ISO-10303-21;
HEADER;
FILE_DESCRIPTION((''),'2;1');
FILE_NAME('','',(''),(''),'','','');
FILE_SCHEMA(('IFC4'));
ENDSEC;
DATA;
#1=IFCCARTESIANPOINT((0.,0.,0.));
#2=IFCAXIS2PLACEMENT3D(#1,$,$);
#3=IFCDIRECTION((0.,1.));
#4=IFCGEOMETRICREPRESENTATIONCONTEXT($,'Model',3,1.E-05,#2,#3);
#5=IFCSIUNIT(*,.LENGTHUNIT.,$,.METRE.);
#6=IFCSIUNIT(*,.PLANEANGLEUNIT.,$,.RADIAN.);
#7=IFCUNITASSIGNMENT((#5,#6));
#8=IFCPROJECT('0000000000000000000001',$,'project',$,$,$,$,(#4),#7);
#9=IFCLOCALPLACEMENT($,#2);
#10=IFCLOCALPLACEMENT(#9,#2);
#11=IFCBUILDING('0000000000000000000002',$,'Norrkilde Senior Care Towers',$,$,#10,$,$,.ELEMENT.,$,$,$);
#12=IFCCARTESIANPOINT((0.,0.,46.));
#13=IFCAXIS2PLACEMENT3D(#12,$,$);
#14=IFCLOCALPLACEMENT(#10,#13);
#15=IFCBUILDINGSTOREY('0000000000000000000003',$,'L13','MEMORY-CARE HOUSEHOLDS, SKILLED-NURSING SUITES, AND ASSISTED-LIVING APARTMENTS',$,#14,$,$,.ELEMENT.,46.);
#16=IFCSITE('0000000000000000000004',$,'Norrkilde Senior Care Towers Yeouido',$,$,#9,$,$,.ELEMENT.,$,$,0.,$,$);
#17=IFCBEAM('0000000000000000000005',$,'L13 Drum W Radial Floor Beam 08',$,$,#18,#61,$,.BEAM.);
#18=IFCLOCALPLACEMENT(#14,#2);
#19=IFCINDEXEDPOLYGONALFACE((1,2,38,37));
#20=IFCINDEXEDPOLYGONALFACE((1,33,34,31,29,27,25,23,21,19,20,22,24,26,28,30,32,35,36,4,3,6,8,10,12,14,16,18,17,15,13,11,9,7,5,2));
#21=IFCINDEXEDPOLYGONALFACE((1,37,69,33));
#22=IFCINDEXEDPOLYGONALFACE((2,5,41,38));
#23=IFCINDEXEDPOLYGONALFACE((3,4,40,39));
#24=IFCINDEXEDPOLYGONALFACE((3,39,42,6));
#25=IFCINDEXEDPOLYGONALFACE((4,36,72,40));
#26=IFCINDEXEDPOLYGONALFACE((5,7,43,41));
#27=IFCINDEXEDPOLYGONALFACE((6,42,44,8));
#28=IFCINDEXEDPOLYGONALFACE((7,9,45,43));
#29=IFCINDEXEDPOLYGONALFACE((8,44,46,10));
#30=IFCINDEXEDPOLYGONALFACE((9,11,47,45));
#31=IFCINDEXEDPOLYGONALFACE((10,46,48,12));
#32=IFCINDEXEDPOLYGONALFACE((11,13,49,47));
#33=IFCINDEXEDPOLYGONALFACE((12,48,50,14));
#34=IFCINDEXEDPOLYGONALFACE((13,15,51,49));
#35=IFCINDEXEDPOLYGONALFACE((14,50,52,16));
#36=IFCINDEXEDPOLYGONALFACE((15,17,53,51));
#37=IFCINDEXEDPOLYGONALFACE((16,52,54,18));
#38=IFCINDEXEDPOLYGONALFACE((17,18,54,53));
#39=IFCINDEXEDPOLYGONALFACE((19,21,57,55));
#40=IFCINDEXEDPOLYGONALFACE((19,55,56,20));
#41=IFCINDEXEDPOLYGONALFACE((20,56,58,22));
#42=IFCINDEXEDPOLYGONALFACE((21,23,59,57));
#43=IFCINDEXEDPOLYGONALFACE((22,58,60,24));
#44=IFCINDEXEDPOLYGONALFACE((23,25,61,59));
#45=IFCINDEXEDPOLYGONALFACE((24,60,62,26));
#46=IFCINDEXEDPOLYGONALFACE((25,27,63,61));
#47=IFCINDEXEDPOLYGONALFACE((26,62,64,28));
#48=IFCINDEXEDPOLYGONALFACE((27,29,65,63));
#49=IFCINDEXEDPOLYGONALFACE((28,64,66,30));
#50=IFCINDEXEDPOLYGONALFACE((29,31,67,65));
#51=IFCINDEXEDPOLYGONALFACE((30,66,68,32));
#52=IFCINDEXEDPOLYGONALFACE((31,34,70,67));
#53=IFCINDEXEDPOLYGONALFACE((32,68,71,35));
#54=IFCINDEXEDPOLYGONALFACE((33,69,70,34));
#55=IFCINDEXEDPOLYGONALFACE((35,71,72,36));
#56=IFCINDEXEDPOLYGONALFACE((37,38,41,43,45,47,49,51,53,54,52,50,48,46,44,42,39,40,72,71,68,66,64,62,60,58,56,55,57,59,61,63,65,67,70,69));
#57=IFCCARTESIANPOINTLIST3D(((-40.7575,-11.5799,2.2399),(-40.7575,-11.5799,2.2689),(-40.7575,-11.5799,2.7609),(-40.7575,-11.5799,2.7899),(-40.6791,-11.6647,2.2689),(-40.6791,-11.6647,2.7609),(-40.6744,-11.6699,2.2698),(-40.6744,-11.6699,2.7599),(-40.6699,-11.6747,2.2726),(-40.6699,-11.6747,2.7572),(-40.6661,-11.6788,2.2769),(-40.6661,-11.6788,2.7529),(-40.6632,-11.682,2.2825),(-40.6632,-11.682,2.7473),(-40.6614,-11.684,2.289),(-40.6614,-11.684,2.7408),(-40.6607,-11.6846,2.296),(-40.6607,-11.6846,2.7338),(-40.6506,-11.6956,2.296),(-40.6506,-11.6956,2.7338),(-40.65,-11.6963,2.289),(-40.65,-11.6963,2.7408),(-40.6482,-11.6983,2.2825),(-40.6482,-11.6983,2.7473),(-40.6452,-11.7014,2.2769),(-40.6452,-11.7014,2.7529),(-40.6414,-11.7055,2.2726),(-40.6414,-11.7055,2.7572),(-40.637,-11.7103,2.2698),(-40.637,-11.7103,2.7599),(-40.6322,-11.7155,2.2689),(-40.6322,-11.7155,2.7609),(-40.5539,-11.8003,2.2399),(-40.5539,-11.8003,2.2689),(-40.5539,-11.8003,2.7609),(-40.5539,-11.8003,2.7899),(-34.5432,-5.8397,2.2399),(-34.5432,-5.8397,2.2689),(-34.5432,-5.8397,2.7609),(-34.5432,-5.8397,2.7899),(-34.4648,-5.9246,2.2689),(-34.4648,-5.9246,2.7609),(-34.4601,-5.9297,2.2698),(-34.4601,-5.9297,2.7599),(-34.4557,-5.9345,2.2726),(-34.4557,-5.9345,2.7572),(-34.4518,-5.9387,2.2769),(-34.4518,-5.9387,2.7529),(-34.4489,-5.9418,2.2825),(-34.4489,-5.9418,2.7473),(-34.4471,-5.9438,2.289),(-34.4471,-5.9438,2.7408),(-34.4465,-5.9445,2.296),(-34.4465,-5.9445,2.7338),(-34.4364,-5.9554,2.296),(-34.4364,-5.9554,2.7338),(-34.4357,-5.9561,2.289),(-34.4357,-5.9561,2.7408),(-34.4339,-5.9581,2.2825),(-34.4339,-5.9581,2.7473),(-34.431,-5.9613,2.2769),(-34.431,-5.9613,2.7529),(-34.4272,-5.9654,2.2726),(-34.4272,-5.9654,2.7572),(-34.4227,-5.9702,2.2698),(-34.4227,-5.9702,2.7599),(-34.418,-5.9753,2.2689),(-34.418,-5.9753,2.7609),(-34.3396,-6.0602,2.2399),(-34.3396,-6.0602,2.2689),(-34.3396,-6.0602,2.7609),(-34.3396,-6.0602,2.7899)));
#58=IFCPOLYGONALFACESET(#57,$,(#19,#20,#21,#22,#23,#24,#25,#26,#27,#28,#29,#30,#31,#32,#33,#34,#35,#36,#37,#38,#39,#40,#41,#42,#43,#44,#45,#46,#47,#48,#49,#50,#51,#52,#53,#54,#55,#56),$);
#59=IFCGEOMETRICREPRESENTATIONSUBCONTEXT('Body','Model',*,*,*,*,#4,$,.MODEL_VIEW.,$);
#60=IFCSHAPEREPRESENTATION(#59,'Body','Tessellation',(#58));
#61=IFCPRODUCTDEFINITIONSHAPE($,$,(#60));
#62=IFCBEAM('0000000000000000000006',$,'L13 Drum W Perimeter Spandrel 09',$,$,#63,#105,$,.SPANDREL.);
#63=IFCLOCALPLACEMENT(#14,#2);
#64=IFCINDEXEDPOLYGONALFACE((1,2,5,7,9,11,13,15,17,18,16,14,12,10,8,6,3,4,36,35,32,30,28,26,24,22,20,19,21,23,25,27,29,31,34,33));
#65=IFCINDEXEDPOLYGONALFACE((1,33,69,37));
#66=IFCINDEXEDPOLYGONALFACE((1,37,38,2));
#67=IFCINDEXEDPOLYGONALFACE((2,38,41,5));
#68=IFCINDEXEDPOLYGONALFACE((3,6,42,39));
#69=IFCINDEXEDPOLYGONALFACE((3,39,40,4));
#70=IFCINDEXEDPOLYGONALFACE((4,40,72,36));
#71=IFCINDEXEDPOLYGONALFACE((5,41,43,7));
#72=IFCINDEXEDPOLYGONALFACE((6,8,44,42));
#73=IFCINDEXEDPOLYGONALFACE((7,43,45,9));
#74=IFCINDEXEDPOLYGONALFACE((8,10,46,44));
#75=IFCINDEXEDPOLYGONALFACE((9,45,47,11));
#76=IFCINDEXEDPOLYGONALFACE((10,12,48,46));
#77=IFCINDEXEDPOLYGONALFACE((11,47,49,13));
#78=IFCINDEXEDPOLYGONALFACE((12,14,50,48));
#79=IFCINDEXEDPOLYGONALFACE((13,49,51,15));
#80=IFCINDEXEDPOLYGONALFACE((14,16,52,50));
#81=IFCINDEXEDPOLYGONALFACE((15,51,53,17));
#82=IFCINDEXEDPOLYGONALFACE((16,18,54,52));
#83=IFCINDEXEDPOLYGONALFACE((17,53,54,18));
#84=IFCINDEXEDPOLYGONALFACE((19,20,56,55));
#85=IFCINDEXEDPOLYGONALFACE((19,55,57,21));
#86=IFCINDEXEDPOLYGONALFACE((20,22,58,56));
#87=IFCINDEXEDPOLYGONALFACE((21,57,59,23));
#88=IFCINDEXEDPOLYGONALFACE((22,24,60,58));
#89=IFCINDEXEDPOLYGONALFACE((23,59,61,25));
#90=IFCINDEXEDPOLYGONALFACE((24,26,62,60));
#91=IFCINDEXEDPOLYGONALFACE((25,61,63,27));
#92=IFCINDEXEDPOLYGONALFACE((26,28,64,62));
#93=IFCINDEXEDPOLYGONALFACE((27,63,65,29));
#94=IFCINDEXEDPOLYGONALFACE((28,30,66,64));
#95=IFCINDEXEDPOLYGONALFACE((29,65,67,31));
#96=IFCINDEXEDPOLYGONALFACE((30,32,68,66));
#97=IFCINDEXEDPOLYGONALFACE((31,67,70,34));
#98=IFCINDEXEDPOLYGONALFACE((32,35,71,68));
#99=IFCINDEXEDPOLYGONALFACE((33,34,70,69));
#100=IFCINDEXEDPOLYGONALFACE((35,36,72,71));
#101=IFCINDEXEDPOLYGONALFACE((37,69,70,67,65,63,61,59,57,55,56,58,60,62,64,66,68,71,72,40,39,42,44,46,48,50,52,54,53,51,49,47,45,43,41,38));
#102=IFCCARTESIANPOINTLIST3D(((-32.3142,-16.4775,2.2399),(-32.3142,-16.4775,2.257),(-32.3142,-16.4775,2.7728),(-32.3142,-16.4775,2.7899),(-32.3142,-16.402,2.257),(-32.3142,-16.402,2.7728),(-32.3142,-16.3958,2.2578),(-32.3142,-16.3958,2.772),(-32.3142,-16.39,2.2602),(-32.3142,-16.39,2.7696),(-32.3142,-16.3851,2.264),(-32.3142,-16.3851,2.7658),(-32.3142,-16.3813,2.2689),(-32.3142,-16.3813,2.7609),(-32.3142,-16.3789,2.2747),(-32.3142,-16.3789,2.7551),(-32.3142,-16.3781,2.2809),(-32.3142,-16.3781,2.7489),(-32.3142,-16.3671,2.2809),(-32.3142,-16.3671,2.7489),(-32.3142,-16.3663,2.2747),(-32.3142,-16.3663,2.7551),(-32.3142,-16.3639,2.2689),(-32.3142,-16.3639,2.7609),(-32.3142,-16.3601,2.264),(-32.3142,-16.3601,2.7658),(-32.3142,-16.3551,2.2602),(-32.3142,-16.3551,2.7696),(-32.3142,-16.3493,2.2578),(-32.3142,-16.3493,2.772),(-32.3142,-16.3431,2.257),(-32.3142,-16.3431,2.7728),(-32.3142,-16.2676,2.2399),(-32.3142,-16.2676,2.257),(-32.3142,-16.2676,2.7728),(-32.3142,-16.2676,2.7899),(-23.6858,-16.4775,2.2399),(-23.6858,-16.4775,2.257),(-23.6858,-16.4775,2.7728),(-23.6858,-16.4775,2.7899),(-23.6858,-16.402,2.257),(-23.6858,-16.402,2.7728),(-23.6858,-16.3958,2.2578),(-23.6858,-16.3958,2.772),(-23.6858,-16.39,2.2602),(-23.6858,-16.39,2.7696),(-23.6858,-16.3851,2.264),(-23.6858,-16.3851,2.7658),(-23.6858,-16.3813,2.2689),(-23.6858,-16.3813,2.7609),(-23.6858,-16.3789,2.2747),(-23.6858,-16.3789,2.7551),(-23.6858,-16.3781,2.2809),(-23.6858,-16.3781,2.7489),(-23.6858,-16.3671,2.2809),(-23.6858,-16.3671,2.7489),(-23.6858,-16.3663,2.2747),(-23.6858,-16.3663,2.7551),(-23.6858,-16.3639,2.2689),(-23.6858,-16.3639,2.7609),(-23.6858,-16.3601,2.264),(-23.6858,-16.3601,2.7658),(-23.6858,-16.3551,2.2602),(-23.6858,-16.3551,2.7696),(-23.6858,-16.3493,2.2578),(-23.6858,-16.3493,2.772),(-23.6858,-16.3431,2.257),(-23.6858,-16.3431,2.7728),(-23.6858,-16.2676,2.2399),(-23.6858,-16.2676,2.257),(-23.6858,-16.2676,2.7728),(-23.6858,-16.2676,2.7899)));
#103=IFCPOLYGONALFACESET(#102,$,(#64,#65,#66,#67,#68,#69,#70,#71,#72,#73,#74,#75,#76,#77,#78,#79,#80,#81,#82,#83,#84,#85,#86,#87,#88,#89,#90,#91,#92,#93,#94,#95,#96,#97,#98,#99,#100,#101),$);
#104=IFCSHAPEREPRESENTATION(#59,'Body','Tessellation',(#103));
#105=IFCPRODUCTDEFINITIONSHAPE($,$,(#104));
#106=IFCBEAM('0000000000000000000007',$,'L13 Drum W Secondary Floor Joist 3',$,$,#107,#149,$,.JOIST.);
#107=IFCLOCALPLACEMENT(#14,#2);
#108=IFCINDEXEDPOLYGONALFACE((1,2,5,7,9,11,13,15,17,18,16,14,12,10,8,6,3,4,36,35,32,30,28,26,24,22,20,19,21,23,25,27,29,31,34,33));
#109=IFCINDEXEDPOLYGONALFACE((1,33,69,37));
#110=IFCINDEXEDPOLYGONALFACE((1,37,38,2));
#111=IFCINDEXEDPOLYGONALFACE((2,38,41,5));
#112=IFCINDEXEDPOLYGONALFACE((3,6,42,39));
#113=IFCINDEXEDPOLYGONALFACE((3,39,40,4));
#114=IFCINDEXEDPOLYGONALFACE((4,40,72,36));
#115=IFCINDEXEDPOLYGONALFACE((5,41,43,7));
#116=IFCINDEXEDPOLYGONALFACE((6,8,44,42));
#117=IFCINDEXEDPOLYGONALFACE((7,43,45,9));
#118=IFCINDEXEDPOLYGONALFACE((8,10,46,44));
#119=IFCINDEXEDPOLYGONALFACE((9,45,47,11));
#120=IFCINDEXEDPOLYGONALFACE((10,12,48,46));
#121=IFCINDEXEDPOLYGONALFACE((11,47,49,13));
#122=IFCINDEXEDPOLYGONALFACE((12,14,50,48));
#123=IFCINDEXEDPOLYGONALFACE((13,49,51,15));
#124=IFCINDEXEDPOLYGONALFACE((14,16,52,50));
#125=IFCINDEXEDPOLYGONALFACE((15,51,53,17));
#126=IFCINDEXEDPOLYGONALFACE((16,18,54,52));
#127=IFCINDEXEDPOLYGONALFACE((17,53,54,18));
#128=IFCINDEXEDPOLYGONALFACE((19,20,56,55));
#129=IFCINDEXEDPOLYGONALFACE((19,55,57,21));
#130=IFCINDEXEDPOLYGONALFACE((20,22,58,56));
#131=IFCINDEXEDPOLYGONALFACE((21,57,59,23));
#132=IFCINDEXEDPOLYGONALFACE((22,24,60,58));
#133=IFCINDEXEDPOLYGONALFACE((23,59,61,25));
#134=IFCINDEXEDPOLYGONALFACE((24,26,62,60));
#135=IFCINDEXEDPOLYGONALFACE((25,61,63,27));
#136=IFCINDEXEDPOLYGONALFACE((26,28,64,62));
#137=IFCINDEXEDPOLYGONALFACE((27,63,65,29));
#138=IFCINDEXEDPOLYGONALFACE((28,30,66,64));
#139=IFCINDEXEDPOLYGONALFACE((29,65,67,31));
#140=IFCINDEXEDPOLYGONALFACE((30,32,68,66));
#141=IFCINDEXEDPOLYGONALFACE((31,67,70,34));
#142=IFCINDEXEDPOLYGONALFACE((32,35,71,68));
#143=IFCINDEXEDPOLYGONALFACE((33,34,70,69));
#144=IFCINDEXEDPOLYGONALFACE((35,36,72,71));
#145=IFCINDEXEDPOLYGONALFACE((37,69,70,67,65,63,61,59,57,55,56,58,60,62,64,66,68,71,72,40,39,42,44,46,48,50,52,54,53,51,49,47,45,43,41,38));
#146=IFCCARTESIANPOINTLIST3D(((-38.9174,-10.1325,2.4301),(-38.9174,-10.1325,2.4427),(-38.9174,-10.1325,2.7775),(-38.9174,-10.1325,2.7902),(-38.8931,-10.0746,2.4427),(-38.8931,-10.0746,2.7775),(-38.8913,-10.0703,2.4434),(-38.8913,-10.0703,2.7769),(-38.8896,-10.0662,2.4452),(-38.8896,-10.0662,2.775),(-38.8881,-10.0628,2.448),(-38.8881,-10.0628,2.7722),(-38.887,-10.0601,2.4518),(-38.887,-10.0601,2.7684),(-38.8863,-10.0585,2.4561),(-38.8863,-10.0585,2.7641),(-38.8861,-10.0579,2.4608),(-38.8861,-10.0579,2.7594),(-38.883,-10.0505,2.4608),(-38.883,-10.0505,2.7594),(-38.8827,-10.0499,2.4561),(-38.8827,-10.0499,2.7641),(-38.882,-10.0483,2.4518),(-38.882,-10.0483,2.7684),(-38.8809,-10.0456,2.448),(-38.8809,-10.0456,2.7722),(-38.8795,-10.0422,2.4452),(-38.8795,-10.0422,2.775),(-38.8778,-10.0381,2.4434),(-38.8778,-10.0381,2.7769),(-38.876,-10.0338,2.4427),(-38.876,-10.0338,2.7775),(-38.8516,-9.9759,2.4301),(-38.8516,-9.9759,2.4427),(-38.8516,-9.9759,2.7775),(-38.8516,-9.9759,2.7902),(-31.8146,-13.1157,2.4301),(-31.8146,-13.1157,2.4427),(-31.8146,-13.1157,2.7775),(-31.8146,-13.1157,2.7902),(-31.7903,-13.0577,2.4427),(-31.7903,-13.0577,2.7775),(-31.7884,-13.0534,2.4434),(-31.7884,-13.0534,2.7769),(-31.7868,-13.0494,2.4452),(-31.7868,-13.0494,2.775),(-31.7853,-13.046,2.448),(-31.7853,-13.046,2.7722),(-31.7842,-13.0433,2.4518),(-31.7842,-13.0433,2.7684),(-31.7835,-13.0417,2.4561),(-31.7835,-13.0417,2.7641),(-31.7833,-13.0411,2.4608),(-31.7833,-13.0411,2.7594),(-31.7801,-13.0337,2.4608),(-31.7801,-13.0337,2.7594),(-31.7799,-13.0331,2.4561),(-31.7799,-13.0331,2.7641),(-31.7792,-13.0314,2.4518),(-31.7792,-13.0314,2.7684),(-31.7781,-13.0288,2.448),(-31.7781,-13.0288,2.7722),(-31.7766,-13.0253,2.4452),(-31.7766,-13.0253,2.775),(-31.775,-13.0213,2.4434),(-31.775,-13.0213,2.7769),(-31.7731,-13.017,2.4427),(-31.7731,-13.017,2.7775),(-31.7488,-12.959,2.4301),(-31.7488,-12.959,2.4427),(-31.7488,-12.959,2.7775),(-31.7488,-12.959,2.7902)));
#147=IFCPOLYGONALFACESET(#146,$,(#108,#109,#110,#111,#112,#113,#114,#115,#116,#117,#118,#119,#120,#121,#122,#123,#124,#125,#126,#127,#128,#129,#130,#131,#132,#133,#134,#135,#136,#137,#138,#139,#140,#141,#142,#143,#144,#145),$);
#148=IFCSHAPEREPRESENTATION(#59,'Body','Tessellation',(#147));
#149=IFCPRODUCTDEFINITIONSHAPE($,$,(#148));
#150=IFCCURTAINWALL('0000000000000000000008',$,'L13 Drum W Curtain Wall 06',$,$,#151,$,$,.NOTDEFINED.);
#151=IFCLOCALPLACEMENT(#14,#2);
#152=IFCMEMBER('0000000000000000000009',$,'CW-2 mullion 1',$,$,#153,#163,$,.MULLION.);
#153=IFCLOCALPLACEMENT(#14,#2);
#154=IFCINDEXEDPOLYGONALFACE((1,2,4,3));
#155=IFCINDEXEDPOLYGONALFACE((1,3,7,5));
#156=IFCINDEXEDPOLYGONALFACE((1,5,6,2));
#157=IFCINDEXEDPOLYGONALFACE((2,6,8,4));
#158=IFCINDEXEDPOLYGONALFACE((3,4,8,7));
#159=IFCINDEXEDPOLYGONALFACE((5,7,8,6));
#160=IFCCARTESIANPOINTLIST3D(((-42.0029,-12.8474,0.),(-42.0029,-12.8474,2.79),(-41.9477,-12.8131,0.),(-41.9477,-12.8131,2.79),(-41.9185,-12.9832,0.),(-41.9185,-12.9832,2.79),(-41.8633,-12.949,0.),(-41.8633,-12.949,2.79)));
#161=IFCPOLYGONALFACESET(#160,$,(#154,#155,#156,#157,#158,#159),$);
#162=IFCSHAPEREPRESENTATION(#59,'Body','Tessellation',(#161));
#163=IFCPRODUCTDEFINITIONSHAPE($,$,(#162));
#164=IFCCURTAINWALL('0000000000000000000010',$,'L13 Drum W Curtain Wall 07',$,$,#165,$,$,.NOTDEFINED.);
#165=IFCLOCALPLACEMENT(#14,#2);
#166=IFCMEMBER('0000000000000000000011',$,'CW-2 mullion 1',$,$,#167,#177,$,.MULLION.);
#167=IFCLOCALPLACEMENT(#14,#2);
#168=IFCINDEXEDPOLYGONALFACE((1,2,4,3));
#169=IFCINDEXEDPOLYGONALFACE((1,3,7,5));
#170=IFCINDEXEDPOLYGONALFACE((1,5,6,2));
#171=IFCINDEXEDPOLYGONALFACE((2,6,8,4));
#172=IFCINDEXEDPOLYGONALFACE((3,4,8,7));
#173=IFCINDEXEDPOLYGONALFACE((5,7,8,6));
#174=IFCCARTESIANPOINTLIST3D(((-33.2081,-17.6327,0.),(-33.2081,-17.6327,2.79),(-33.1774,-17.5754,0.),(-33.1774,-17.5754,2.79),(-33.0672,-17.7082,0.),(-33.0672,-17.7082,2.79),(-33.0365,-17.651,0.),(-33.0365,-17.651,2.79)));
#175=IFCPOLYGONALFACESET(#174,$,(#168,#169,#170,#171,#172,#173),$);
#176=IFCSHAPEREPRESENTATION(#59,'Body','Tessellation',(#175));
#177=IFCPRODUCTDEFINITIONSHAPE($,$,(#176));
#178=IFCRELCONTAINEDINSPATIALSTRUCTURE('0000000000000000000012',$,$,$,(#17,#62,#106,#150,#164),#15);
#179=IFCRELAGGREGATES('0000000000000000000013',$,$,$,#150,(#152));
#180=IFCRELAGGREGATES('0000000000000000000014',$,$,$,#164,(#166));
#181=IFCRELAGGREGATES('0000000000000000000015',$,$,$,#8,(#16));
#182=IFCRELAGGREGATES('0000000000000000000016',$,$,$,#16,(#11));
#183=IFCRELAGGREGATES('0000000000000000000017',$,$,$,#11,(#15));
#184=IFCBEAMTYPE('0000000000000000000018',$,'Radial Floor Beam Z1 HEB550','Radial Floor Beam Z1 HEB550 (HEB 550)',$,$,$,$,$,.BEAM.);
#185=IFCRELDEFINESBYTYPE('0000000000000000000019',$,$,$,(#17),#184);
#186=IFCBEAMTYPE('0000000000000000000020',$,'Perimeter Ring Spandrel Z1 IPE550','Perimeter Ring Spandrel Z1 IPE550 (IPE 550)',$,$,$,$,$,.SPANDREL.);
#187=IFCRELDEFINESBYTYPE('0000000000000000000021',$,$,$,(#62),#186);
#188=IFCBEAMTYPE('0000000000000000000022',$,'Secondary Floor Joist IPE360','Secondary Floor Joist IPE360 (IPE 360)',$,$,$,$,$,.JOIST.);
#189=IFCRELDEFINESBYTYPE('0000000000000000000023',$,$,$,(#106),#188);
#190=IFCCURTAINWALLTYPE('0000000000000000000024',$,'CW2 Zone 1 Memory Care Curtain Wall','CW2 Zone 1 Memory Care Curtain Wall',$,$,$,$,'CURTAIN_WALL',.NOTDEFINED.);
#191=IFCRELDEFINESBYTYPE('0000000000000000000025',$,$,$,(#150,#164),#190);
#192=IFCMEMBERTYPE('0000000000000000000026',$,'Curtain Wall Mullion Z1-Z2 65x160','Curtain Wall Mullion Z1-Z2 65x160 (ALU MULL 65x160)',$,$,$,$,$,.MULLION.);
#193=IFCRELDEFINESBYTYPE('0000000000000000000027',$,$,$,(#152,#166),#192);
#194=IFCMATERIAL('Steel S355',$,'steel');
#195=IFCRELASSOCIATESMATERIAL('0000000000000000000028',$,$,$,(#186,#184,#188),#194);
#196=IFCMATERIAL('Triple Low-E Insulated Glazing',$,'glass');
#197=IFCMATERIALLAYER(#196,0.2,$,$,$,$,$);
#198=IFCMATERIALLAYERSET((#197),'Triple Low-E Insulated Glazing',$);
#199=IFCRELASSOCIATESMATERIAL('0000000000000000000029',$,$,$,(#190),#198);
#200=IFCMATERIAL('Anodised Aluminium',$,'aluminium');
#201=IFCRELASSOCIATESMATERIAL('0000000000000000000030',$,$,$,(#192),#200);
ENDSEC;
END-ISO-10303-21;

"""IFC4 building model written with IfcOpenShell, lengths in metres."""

from ifc_helpers import new_model, si_unit, direction, frame, origin, origin_2d, place, context, subcontext, project, spatial, rectangle, i_section, extrude, source, transform, mapped, material, layer, layer_set, material_profile, profile_set, type_object, type_shapes, element, aggregate, save


model = new_model("IFC4")

# Units and contexts
model_context = context("Model", 3, precision=1e-05, world=origin(), true_north=direction((0.0, 1.0)))
body_context = subcontext(model_context, "Body", "Model", "MODEL_VIEW")
ifc_project = project(units=[si_unit("LENGTHUNIT", "METRE"), si_unit("PLANEANGLEUNIT", "RADIAN")], contexts=[model_context])

# Site, building, storey
site_placement = place(None, origin())
site = spatial("IfcSite", under=ifc_project, at=site_placement, Name="Norrkilde Senior Care Towers Yeouido", CompositionType="ELEMENT", RefElevation=0.0)
building_placement = place(site_placement, origin())
building = spatial("IfcBuilding", under=site, at=building_placement, Name="Norrkilde Senior Care Towers", CompositionType="ELEMENT")
storey_placement = place(building_placement, frame((0.0, 0.0, 46.0)))
storey = spatial("IfcBuildingStorey", under=building, at=storey_placement, Name="L13", Description="MEMORY-CARE HOUSEHOLDS, SKILLED-NURSING SUITES, AND ASSISTED-LIVING APARTMENTS", CompositionType="ELEMENT", Elevation=46.0)

# Beams
ifc_material_1 = material(Name="Steel S355", Category="steel")
ifc_material_profile_1 = material_profile(ifc_material_1, i_section(OverallWidth=0.21, OverallDepth=0.55, WebThickness=0.011, FlangeThickness=0.0171, FilletRadius=0.0239, at=origin_2d()), Name="IPE 550")
ifc_profile_set_1 = profile_set([ifc_material_profile_1], Name="Steel S355")
beam_type_1 = type_object("IfcBeamType", Name="Perimeter Ring Spandrel Z1 IPE550", Description="Perimeter Ring Spandrel Z1 IPE550 (IPE 550)", PredefinedType="SPANDREL", material=ifc_profile_set_1)
ifc_material_profile_2 = material_profile(ifc_material_1, i_section(OverallWidth=0.3, OverallDepth=0.55, WebThickness=0.0149, FlangeThickness=0.0291, FilletRadius=0.0271, at=origin_2d()), Name="HEB 550")
ifc_profile_set_2 = profile_set([ifc_material_profile_2], Name="Steel S355")
beam_type_2 = type_object("IfcBeamType", Name="Radial Floor Beam Z1 HEB550", Description="Radial Floor Beam Z1 HEB550 (HEB 550)", PredefinedType="BEAM", material=ifc_profile_set_2)
shared_shape_1 = source(origin(), body_context, "Body", "SweptSolid", [
    extrude(i_section(OverallWidth=0.3, OverallDepth=0.55, WebThickness=0.0149, FlangeThickness=0.0291, FilletRadius=0.0271, at=origin_2d()), origin(), (0.0, 0.0, 1.0), 8.4597),
])
type_shapes(beam_type_2, [shared_shape_1])
beam_1_placement = place(storey_placement, frame((-34.4414, -5.95, 2.5149), z_axis=(-0.734573, -0.678529, 0.0), x_axis=(0.678529, -0.734573, 0.0)))
element("IfcBeam", 1, at=beam_1_placement, inside=storey, type_object=beam_type_2, Name="L13 Drum W Radial Floor Beam 08", PredefinedType="BEAM", context=body_context, shape_type="MappedRepresentation", body=[
    mapped(shared_shape_1, transform((0.0, 0.0, 0.0), x_axis=(1.0, 0.0, 0.0), y_axis=(0.0, 1.0, 0.0), z_axis=(0.0, 0.0, 1.0), scale=1.0)),
])
shared_shape_2 = source(origin(), body_context, "Body", "SweptSolid", [
    extrude(i_section(OverallWidth=0.21, OverallDepth=0.55, WebThickness=0.011, FlangeThickness=0.0171, FilletRadius=0.0239, at=origin_2d()), origin(), (0.0, 0.0, 1.0), 8.6284),
])
beam_2_placement = place(storey_placement, frame((-32.3142, -16.3726, 2.5149), z_axis=(1.0, 0.0, 0.0), x_axis=(0.0, 1.0, 0.0)))
element("IfcBeam", 2, at=beam_2_placement, inside=storey, type_object=beam_type_1, Name="L13 Drum W Perimeter Spandrel 09", PredefinedType="SPANDREL", context=body_context, shape_type="MappedRepresentation", body=[
    mapped(shared_shape_2, transform((0.0, 0.0, 0.0), x_axis=(1.0, 0.0, 0.0), y_axis=(0.0, 1.0, 0.0), z_axis=(0.0, 0.0, 1.0), scale=1.0)),
])
ifc_material_profile_3 = material_profile(ifc_material_1, i_section(OverallWidth=0.1699, OverallDepth=0.3601, WebThickness=0.0081, FlangeThickness=0.0127, FilletRadius=0.0181, at=origin_2d()), Name="IPE 360")
ifc_profile_set_3 = profile_set([ifc_material_profile_3], Name="Steel S355")
beam_type_3 = type_object("IfcBeamType", Name="Secondary Floor Joist IPE360", Description="Secondary Floor Joist IPE360 (IPE 360)", PredefinedType="JOIST", material=ifc_profile_set_3)
shared_shape_3 = source(origin(), body_context, "Body", "SweptSolid", [
    extrude(i_section(OverallWidth=0.1699, OverallDepth=0.3601, WebThickness=0.0081, FlangeThickness=0.0127, FilletRadius=0.0181, at=origin_2d()), origin(), (0.0, 0.0, 1.0), 7.7039),
])
type_shapes(beam_type_3, [shared_shape_3])
beam_3_placement = place(storey_placement, frame((-38.8845, -10.0542, 2.6101), z_axis=(0.921983, -0.387231, 0.0), x_axis=(0.387231, 0.921983, 0.0)))
element("IfcBeam", 3, at=beam_3_placement, inside=storey, type_object=beam_type_3, Name="L13 Drum W Secondary Floor Joist 3", PredefinedType="JOIST", context=body_context, shape_type="MappedRepresentation", body=[
    mapped(shared_shape_3, transform((0.0, 0.0, 0.0), x_axis=(1.0, 0.0, 0.0), y_axis=(0.0, 1.0, 0.0), z_axis=(0.0, 0.0, 1.0), scale=1.0)),
])

# Curtain wall, member
ifc_material_2 = material(Name="Triple Low-E Insulated Glazing", Category="glass")
ifc_layer_1 = layer(ifc_material_2, 0.2)
ifc_layer_set_1 = layer_set([ifc_layer_1], Name="Triple Low-E Insulated Glazing")
curtain_wall_type = type_object("IfcCurtainWallType", Name="CW2 Zone 1 Memory Care Curtain Wall", Description="CW2 Zone 1 Memory Care Curtain Wall", ElementType="CURTAIN_WALL", PredefinedType="NOTDEFINED", material=ifc_layer_set_1)
curtain_wall_1_placement = place(storey_placement, origin())
curtain_wall_1 = element("IfcCurtainWall", 4, at=curtain_wall_1_placement, inside=storey, type_object=curtain_wall_type, Name="L13 Drum W Curtain Wall 06", PredefinedType="NOTDEFINED")
ifc_material_3 = material(Name="Anodised Aluminium", Category="aluminium")
ifc_material_profile_4 = material_profile(ifc_material_3, rectangle(XDim=0.0649, YDim=0.1599, at=origin_2d()), Name="ALU MULL 65x160")
ifc_profile_set_4 = profile_set([ifc_material_profile_4], Name="Anodised Aluminium")
member_type_1 = type_object("IfcMemberType", Name="Curtain Wall Mullion Z1-Z2 65x160", Description="Curtain Wall Mullion Z1-Z2 65x160 (ALU MULL 65x160)", PredefinedType="MULLION", material=ifc_profile_set_4)
shared_shape_4 = source(origin(), body_context, "Body", "SweptSolid", [
    extrude(rectangle(XDim=0.0649, YDim=0.1599, at=origin_2d()), origin(), (0.0, 0.0, 1.0), 2.79),
])
type_shapes(member_type_1, [shared_shape_4])
member_1_placement = place(storey_placement, frame((-41.9331, -12.8982, 0.0), z_axis=(0.0, 0.0, 1.0), x_axis=(-0.849306, -0.527901, 0.0)))
member_1 = element("IfcMember", 5, at=member_1_placement, type_object=member_type_1, Name="CW-2 mullion 1", PredefinedType="MULLION", context=body_context, shape_type="MappedRepresentation", body=[
    mapped(shared_shape_4, transform((0.0, 0.0, 0.0), x_axis=(1.0, 0.0, 0.0), y_axis=(0.0, 1.0, 0.0), z_axis=(0.0, 0.0, 1.0), scale=1.0)),
])

# Curtain wall, member
curtain_wall_2_placement = place(storey_placement, origin())
curtain_wall_2 = element("IfcCurtainWall", 6, at=curtain_wall_2_placement, inside=storey, type_object=curtain_wall_type, Name="L13 Drum W Curtain Wall 07", PredefinedType="NOTDEFINED")
member_2_placement = place(storey_placement, frame((-33.1223, -17.6418, 0.0), z_axis=(0.0, 0.0, 1.0), x_axis=(-0.472608, -0.881273, 0.0)))
member_2 = element("IfcMember", 7, at=member_2_placement, type_object=member_type_1, Name="CW-2 mullion 1", PredefinedType="MULLION", context=body_context, shape_type="MappedRepresentation", body=[
    mapped(shared_shape_4, transform((0.0, 0.0, 0.0), x_axis=(1.0, 0.0, 0.0), y_axis=(0.0, 1.0, 0.0), z_axis=(0.0, 0.0, 1.0), scale=1.0)),
])

aggregate(curtain_wall_1, [member_1])
aggregate(curtain_wall_2, [member_2])

save(model, "model.ifc")
